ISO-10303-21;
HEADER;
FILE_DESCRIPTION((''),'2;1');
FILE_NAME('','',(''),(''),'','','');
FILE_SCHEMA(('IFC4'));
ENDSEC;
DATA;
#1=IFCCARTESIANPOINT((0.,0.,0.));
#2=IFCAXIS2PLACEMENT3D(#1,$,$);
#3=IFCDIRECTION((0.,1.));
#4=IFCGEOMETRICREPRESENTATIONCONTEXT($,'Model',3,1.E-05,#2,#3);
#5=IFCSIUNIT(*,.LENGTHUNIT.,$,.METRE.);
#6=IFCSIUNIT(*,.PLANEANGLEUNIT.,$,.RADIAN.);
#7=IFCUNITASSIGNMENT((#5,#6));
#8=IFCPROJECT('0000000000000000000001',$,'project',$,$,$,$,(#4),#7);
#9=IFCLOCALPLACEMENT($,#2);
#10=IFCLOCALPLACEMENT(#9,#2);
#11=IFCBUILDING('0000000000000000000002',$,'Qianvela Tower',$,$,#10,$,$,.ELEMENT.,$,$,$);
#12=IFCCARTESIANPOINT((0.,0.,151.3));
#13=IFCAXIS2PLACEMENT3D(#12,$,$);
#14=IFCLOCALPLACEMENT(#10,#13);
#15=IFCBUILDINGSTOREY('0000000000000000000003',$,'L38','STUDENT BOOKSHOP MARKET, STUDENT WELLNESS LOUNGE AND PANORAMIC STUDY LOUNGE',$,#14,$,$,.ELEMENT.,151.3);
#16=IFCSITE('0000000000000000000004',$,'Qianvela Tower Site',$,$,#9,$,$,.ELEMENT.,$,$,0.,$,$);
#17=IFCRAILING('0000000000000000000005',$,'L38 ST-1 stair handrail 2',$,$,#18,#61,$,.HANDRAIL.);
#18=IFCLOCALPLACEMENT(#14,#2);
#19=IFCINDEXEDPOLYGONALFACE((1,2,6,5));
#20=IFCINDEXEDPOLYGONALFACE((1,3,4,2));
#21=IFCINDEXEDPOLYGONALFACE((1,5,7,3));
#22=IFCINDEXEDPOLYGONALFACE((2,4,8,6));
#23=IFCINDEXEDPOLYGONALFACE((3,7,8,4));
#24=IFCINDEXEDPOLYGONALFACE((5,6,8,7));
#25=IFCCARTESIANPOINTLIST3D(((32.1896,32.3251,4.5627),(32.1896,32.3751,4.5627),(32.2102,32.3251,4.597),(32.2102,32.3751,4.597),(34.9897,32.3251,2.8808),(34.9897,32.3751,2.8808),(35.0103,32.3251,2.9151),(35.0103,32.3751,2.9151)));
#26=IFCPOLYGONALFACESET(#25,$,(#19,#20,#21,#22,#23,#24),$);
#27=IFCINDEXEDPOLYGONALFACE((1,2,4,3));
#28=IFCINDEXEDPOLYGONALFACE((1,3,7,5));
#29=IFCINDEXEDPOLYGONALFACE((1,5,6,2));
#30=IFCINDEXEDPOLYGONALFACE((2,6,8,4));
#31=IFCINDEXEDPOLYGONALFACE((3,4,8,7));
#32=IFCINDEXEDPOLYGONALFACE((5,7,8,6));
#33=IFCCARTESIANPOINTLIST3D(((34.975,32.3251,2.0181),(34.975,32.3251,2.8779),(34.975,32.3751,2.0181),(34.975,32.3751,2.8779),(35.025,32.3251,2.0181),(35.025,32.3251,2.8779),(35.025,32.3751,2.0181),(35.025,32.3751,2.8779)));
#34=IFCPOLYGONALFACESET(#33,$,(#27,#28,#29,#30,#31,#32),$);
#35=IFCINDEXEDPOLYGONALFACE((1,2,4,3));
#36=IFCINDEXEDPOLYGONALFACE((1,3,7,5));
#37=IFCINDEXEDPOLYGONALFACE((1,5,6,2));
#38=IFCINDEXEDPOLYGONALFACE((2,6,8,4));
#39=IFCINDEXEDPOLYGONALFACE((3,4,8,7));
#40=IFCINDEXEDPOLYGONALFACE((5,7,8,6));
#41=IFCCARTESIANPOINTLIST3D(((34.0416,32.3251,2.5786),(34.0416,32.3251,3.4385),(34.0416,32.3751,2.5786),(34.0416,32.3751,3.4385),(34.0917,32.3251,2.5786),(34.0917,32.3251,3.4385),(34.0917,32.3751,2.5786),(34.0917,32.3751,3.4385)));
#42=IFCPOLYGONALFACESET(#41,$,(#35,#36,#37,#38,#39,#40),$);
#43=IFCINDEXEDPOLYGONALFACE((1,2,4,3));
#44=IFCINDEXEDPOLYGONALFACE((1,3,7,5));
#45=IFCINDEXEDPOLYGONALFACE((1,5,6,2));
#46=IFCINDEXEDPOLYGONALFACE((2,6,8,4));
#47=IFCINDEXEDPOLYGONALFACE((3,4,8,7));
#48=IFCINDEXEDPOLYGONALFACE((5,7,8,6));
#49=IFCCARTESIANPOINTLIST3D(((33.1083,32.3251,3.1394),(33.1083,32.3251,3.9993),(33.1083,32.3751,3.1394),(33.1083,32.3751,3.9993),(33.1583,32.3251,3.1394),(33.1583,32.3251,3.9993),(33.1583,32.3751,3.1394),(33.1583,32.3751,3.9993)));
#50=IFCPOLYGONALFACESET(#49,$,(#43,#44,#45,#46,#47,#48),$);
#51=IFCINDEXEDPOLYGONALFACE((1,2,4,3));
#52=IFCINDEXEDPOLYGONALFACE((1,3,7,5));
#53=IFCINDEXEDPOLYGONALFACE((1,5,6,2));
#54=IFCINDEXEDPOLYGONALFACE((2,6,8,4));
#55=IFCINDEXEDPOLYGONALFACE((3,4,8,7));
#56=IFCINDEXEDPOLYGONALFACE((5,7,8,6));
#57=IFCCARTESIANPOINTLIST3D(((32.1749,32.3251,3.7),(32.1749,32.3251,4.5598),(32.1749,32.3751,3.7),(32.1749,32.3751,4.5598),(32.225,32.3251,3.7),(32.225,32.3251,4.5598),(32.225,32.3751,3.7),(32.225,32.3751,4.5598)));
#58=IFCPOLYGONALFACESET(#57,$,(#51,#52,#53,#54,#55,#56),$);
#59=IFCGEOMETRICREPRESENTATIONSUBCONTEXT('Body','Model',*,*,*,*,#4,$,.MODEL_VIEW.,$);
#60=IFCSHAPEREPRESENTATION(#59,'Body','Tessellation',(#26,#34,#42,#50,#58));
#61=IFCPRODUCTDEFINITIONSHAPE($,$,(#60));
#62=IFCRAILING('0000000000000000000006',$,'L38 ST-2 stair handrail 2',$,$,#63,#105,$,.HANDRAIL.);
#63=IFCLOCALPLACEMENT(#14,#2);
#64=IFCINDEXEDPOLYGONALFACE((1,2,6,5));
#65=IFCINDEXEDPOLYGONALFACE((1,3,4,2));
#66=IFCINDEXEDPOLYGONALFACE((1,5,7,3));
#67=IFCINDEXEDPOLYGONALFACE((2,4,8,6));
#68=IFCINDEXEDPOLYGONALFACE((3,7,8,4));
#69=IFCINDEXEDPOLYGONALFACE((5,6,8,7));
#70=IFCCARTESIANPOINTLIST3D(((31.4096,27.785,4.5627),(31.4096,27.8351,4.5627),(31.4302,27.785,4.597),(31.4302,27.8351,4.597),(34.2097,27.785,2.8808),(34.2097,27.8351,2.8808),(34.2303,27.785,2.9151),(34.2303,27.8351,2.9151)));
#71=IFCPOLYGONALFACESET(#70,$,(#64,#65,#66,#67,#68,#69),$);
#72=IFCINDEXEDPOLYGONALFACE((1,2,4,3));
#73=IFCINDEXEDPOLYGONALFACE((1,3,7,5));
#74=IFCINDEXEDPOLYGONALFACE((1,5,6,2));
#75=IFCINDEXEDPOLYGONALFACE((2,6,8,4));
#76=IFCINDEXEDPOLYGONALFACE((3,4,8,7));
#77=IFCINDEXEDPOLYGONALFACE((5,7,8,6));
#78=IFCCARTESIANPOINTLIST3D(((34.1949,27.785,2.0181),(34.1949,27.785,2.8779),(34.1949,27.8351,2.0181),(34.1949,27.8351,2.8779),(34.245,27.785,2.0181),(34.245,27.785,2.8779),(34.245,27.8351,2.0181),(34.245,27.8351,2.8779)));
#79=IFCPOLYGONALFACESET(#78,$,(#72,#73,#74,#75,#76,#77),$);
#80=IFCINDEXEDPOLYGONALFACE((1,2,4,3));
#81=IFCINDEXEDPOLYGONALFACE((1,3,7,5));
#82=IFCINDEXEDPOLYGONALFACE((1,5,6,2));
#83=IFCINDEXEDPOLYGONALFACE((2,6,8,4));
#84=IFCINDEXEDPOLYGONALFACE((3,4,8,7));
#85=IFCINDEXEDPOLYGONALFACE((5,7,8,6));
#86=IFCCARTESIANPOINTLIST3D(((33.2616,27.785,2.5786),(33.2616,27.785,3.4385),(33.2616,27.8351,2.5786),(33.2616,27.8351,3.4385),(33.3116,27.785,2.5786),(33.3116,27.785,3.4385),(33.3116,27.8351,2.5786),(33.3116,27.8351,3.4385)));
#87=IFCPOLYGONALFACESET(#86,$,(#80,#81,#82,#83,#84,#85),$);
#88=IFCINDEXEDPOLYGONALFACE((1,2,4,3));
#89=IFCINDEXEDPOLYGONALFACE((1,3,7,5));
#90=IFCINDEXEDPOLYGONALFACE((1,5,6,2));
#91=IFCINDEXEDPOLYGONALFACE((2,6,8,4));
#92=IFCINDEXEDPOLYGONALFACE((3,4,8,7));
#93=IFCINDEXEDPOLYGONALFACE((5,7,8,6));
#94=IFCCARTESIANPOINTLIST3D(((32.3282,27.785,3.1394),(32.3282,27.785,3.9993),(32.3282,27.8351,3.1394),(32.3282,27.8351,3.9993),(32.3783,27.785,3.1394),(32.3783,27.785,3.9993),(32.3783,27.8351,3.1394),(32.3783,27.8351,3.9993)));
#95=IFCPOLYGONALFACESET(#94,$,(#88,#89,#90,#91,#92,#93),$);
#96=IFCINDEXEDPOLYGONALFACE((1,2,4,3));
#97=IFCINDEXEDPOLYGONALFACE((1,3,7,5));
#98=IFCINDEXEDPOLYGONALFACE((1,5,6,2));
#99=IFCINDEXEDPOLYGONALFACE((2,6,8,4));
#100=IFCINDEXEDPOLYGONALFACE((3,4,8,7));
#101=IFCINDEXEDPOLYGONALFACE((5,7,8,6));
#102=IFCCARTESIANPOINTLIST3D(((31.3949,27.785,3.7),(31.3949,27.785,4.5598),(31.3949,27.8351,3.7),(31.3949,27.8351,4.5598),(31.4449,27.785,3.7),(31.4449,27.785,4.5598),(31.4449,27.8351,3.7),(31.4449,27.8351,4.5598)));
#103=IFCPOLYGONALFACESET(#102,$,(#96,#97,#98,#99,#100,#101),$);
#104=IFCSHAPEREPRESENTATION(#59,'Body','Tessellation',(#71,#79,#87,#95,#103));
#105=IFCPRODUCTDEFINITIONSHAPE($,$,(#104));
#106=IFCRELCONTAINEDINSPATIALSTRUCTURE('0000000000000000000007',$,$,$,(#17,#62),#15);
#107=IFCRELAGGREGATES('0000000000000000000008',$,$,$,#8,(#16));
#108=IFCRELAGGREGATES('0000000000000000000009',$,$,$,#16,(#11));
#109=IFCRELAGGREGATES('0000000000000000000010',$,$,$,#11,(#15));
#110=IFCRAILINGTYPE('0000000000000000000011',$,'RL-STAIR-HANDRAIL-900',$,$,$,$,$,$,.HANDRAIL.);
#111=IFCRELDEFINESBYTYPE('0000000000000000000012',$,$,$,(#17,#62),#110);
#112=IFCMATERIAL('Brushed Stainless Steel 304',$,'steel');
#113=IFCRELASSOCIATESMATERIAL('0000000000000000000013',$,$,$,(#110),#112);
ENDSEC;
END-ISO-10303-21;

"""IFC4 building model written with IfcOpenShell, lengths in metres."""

from ifc_helpers import new_model, si_unit, direction, frame, origin, origin_2d, place, context, subcontext, project, spatial, rectangle, extrude, material, type_object, element, save


model = new_model("IFC4")

# Units and contexts
model_context = context("Model", 3, precision=1e-05, world=origin(), true_north=direction((0.0, 1.0)))
body_context = subcontext(model_context, "Body", "Model", "MODEL_VIEW")
ifc_project = project(units=[si_unit("LENGTHUNIT", "METRE"), si_unit("PLANEANGLEUNIT", "RADIAN")], contexts=[model_context])

# Site, building, storey
site_placement = place(None, origin())
site = spatial("IfcSite", under=ifc_project, at=site_placement, Name="Qianvela Tower Site", CompositionType="ELEMENT", RefElevation=0.0)
building_placement = place(site_placement, origin())
building = spatial("IfcBuilding", under=site, at=building_placement, Name="Qianvela Tower", CompositionType="ELEMENT")
storey_placement = place(building_placement, frame((0.0, 0.0, 151.3)))
storey = spatial("IfcBuildingStorey", under=building, at=storey_placement, Name="L38", Description="STUDENT BOOKSHOP MARKET, STUDENT WELLNESS LOUNGE AND PANORAMIC STUDY LOUNGE", CompositionType="ELEMENT", Elevation=151.3)

# Railings
ifc_material_1 = material(Name="Brushed Stainless Steel 304", Category="steel")
railing_type_1 = type_object("IfcRailingType", Name="RL-STAIR-HANDRAIL-900", PredefinedType="HANDRAIL", material=ifc_material_1)
for number, where, name in (
    (1, (35.0, 32.3501, 2.0181), "L38 ST-1 stair handrail 2"),
    (2, (34.22, 27.8101, 2.0181), "L38 ST-2 stair handrail 2"),
):
    element("IfcRailing", number, at=place(storey_placement, frame(where)), inside=storey, type_object=railing_type_1, Name=name, PredefinedType="HANDRAIL", context=body_context, shape_type="SweptSolid", body=[
        extrude(rectangle(XDim=0.05, YDim=0.04, at=origin_2d()), frame((0.0, 0.0, 0.8799), z_axis=(-0.857242, 0.0, 0.514913), x_axis=(0.0, -1.0, 0.0)), (0.0, 0.0, 1.0), 3.2664),
        extrude(rectangle(XDim=0.05, YDim=0.05, at=origin_2d()), origin(), (0.0, 0.0, 1.0), 0.8599),
        extrude(rectangle(XDim=0.05, YDim=0.05, at=origin_2d()), frame((-0.9333, 0.0, 0.5605)), (0.0, 0.0, 1.0), 0.8599),
        extrude(rectangle(XDim=0.05, YDim=0.05, at=origin_2d()), frame((-1.8667, 0.0, 1.1213)), (0.0, 0.0, 1.0), 0.8599),
        extrude(rectangle(XDim=0.05, YDim=0.05, at=origin_2d()), frame((-2.8, 0.0, 1.6819)), (0.0, 0.0, 1.0), 0.8599),
    ])

save(model, "model.ifc")
